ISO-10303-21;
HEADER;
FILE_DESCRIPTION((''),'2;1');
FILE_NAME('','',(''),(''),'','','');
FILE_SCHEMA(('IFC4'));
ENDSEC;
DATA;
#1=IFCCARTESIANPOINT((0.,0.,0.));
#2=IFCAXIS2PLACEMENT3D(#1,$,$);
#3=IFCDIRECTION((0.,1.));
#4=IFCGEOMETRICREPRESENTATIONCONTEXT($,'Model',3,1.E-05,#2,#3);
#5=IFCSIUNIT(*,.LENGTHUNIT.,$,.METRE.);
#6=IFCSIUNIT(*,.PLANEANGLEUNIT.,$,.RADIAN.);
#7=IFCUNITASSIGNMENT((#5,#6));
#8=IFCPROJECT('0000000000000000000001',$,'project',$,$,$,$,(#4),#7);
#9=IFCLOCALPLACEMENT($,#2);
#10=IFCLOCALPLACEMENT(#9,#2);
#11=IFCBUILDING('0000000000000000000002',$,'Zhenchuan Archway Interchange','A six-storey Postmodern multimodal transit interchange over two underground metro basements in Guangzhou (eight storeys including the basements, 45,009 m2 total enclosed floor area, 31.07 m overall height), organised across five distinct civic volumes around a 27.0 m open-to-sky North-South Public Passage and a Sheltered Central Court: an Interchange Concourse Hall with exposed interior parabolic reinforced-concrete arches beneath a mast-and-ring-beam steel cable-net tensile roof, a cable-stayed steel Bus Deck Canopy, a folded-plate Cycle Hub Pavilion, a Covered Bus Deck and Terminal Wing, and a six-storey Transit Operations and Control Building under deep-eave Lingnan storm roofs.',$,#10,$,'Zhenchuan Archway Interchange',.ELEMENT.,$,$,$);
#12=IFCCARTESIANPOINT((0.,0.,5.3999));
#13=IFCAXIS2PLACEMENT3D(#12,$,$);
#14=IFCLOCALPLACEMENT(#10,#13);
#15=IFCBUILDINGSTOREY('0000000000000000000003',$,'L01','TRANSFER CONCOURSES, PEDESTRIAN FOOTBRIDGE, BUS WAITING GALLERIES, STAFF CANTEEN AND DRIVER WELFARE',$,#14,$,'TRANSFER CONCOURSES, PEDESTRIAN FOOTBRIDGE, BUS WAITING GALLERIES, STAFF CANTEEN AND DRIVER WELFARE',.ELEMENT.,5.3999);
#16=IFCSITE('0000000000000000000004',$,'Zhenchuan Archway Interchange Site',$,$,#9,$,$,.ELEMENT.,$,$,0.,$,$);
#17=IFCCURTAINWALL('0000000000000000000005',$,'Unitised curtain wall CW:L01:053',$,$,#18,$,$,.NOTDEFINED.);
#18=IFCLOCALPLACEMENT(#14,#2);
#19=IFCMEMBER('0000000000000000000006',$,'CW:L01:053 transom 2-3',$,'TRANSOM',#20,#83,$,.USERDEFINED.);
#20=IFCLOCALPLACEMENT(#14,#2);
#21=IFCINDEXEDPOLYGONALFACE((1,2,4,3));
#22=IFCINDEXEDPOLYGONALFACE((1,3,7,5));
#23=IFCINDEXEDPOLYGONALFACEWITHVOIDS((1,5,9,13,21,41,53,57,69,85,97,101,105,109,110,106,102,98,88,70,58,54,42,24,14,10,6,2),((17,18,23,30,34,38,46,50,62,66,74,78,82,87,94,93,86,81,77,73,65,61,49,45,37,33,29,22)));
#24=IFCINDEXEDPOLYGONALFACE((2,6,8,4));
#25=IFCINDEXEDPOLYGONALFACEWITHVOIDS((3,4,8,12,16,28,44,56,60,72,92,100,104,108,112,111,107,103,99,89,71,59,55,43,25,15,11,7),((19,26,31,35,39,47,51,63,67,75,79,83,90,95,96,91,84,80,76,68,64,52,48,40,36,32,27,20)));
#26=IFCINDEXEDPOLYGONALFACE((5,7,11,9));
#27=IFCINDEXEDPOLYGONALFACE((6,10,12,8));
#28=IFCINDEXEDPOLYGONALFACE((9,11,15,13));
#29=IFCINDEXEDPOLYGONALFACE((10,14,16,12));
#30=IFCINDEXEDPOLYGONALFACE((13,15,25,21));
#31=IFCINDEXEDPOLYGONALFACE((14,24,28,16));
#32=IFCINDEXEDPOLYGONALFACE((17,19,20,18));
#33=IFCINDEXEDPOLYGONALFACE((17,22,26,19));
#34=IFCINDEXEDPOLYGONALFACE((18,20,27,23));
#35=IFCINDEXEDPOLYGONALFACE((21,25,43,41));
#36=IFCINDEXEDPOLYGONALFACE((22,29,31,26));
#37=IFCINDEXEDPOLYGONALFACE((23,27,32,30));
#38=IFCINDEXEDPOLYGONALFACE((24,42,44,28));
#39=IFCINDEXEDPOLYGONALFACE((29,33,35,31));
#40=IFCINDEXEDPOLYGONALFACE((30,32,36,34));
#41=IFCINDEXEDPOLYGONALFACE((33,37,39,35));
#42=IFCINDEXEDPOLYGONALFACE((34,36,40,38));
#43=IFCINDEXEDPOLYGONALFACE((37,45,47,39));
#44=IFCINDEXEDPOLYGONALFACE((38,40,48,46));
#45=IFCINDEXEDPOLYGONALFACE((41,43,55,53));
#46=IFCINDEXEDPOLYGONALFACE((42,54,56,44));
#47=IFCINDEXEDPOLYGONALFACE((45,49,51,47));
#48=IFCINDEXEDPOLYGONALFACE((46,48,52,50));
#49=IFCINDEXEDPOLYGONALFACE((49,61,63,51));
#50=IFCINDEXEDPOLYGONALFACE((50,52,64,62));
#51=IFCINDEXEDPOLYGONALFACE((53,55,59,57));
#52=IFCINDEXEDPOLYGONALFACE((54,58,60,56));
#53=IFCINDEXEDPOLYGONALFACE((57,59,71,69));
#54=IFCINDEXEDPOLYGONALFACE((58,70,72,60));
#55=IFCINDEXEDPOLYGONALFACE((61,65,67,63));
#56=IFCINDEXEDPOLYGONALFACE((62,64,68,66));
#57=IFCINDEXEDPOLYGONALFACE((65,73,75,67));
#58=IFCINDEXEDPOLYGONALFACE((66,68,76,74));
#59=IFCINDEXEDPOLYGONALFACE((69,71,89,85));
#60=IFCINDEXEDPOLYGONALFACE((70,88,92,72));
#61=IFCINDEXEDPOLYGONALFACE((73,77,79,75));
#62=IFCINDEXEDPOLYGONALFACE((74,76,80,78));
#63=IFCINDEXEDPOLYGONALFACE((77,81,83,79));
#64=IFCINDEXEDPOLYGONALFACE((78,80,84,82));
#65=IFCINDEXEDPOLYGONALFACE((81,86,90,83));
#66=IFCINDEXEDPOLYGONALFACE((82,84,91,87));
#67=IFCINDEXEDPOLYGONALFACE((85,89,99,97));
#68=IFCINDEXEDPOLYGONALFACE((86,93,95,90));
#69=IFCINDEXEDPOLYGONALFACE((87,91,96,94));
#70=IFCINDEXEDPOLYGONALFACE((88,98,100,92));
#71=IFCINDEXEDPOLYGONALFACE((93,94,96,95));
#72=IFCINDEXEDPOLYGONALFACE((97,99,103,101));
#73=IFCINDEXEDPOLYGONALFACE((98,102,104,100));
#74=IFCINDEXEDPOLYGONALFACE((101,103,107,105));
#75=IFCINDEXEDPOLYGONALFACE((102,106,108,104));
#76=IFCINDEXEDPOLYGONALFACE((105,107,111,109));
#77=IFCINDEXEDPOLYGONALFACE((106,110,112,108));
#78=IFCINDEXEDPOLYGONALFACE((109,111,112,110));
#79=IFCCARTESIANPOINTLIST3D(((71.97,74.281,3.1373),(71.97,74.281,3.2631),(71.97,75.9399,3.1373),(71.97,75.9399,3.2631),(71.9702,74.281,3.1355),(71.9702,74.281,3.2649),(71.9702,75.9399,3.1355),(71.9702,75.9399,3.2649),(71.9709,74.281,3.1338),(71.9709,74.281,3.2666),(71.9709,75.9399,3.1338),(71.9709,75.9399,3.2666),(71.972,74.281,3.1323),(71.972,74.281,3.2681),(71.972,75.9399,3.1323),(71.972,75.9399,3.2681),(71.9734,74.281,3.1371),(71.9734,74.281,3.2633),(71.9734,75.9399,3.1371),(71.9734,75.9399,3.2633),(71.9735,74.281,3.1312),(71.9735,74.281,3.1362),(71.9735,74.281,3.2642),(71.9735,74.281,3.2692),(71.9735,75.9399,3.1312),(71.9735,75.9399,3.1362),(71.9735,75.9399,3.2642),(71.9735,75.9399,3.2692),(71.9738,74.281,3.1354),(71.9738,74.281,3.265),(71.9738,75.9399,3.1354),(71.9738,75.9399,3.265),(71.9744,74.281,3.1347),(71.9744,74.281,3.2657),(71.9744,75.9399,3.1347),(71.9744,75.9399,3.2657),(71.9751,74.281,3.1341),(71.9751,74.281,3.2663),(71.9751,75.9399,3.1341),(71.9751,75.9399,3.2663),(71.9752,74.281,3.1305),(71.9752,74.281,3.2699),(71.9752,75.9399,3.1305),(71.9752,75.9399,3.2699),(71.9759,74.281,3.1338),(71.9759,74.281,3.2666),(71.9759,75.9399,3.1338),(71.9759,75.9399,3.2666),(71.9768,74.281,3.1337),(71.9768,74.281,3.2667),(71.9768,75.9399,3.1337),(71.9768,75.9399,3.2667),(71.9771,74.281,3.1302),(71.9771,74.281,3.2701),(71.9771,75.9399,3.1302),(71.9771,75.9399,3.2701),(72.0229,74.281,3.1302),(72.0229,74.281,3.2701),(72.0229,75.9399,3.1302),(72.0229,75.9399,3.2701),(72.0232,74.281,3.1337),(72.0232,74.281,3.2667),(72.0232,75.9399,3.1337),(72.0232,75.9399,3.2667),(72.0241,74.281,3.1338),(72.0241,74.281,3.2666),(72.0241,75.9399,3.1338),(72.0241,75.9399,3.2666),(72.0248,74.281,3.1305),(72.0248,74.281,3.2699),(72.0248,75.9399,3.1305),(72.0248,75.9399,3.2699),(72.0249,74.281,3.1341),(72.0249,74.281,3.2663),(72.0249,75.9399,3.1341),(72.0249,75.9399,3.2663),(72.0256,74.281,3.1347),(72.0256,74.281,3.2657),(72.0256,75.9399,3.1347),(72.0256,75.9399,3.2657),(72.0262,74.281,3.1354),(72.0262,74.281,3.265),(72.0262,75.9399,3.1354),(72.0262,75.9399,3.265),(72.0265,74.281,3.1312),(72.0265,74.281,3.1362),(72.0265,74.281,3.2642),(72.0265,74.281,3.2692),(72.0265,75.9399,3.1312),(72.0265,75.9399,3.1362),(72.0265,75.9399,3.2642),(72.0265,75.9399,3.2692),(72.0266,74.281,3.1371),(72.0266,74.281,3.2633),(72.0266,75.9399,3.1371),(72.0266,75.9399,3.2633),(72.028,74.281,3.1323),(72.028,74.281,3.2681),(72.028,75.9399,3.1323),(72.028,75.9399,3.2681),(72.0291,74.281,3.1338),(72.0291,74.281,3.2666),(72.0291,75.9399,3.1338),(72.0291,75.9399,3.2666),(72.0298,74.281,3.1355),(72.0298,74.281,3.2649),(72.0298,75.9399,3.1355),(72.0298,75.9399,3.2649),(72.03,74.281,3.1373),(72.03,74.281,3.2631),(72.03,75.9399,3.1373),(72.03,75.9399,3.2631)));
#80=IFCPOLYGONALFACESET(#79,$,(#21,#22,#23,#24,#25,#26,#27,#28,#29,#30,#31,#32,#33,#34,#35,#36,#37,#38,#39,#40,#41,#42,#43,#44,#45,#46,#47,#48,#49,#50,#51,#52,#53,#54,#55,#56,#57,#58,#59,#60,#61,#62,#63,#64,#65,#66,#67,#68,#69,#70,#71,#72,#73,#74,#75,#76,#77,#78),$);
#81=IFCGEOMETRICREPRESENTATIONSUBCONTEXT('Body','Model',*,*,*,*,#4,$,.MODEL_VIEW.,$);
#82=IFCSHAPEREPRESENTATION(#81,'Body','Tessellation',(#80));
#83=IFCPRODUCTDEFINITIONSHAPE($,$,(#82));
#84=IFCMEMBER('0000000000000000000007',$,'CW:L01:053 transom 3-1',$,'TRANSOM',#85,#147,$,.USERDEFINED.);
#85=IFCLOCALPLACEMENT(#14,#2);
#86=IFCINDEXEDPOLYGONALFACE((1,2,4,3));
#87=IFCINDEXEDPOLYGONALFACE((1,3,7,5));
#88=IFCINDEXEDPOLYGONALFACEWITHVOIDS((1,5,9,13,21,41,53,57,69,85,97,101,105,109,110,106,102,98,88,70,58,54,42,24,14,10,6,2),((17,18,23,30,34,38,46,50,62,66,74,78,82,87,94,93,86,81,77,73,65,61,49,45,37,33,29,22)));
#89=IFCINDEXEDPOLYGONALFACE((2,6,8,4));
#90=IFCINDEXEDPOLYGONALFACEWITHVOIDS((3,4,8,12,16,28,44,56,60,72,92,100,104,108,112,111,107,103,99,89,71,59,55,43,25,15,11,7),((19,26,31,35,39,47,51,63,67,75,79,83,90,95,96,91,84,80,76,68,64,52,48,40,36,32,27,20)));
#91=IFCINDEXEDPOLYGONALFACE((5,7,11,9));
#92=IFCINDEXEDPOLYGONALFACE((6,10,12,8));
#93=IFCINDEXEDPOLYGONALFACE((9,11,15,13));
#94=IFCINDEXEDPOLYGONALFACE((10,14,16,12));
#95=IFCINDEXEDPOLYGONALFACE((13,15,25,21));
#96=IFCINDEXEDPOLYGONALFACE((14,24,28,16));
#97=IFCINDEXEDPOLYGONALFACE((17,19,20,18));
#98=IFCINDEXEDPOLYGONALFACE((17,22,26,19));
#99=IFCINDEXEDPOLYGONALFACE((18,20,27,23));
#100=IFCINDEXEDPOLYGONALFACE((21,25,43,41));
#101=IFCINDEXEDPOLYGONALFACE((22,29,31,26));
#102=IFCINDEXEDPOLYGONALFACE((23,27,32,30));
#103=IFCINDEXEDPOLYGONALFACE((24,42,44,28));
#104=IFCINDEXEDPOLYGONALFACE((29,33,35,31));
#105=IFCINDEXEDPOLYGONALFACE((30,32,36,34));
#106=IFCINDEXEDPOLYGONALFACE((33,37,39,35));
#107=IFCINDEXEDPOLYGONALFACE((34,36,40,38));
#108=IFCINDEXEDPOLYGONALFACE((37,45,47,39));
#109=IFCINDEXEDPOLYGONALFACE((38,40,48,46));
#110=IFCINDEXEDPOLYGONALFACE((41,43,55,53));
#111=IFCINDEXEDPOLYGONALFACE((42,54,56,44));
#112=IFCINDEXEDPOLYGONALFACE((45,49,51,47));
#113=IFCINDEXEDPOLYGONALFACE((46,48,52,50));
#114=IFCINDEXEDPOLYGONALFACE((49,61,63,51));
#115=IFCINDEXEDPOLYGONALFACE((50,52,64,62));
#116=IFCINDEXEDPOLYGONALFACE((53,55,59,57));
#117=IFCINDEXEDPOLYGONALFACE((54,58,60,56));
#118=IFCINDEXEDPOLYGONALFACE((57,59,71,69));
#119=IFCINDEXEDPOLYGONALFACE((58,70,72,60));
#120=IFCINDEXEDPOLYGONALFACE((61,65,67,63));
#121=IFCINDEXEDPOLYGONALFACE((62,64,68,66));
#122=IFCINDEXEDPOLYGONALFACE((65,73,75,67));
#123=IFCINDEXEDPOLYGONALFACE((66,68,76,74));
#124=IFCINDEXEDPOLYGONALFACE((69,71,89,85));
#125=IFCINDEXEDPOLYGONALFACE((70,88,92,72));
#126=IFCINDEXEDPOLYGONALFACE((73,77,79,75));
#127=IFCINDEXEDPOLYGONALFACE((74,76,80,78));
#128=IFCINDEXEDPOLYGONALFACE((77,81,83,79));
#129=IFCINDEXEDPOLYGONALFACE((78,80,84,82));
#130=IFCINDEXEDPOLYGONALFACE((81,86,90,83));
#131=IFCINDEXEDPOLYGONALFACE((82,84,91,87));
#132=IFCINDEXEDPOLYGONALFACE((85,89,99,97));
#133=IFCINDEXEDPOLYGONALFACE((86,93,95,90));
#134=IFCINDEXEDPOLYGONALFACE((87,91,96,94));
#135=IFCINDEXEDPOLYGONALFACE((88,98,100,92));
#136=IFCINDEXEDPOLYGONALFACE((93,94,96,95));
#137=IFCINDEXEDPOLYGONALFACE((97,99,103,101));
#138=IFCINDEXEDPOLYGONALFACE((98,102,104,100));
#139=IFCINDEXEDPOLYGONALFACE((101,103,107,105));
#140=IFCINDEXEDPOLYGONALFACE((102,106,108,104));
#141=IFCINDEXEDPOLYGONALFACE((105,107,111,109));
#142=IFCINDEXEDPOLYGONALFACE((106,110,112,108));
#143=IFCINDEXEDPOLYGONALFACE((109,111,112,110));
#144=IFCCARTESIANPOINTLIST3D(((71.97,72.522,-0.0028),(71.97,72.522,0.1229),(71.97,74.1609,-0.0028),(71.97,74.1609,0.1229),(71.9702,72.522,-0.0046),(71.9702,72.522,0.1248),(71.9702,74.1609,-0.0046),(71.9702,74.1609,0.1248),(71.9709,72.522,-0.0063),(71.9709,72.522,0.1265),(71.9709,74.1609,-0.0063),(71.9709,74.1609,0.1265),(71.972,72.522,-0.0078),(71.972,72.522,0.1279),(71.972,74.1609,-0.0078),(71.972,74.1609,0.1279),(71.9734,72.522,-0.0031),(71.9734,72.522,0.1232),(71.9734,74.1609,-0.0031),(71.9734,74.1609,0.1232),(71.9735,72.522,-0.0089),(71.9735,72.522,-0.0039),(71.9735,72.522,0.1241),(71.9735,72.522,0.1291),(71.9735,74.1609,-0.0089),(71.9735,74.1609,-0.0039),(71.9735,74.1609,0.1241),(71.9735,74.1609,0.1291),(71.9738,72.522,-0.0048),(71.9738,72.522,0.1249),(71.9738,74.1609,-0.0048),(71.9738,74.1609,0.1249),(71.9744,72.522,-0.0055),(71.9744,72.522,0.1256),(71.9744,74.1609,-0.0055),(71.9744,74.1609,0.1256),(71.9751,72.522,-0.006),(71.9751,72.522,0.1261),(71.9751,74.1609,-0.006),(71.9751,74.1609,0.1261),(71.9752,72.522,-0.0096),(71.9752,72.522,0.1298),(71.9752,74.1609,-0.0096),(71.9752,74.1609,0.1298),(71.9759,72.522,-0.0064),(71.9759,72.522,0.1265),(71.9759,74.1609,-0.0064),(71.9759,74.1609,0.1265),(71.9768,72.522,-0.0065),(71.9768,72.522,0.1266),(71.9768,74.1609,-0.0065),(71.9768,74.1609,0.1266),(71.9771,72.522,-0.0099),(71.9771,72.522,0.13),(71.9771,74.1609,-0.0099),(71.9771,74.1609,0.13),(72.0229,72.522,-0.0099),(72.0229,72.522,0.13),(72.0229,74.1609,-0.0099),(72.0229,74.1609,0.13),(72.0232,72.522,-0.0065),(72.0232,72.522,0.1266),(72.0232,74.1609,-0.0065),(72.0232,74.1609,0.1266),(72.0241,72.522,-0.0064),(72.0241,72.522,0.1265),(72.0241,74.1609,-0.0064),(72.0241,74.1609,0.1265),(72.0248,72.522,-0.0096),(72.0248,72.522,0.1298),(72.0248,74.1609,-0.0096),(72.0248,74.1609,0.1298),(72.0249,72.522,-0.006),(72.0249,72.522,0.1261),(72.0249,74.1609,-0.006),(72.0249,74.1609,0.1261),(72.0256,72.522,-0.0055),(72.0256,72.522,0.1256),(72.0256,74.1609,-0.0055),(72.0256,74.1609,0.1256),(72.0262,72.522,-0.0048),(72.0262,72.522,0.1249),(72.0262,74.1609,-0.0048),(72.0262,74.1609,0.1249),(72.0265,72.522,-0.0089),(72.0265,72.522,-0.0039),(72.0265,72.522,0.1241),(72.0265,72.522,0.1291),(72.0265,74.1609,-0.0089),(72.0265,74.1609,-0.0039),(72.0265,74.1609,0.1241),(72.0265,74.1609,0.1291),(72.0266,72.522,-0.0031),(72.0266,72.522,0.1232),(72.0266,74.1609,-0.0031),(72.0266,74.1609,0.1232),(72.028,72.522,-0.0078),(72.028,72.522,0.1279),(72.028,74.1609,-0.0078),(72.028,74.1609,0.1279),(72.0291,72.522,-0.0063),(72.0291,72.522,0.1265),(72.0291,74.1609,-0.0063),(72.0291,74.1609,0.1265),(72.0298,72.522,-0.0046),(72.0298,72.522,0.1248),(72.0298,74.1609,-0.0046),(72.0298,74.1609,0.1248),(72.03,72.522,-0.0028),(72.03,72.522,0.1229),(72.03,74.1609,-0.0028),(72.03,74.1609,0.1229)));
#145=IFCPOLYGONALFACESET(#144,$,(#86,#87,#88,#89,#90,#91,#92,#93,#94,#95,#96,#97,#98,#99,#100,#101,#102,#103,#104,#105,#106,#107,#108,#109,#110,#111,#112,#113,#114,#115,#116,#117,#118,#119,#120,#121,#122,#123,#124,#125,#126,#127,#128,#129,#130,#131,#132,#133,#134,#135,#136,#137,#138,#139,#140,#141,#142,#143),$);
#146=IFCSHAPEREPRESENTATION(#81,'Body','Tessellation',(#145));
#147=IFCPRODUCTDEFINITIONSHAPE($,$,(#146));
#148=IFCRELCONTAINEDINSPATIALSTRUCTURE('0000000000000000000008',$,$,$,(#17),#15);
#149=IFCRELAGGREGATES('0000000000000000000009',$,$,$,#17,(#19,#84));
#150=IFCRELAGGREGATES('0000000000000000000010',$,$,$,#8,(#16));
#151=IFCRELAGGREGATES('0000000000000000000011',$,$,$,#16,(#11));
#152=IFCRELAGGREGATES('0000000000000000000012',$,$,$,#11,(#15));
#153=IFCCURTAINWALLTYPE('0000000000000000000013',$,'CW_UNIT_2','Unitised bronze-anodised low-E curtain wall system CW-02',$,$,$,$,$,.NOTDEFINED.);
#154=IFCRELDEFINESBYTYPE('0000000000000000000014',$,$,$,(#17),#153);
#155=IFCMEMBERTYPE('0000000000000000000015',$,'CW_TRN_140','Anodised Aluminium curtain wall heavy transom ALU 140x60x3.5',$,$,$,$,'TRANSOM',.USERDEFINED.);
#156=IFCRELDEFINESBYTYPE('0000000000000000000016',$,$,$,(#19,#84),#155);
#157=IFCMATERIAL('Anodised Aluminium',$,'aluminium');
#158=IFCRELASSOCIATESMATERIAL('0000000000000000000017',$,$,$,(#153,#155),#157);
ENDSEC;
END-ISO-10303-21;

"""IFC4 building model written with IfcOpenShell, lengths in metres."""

from ifc_helpers import new_model, si_unit, direction, frame, origin, origin_2d, place, context, subcontext, project, spatial, hollow_rectangle, extrude, material, material_profile, profile_set, type_object, element, aggregate, save


model = new_model("IFC4")

# Units and contexts
model_context = context("Model", 3, precision=1e-05, world=origin(), true_north=direction((0.0, 1.0)))
body_context = subcontext(model_context, "Body", "Model", "MODEL_VIEW")
ifc_project = project(units=[si_unit("LENGTHUNIT", "METRE"), si_unit("PLANEANGLEUNIT", "RADIAN")], contexts=[model_context])

# Site, building, storey
site_placement = place(None, origin())
site = spatial("IfcSite", under=ifc_project, at=site_placement, Name="Zhenchuan Archway Interchange Site", CompositionType="ELEMENT", RefElevation=0.0)
building_placement = place(site_placement, origin())
building = spatial("IfcBuilding", under=site, at=building_placement, Name="Zhenchuan Archway Interchange", Description="A six-storey Postmodern multimodal transit interchange over two underground metro basements in Guangzhou (eight storeys including the basements, 45,009 m2 total enclosed floor area, 31.07 m overall height), organised across five distinct civic volumes around a 27.0 m open-to-sky North-South Public Passage and a Sheltered Central Court: an Interchange Concourse Hall with exposed interior parabolic reinforced-concrete arches beneath a mast-and-ring-beam steel cable-net tensile roof, a cable-stayed steel Bus Deck Canopy, a folded-plate Cycle Hub Pavilion, a Covered Bus Deck and Terminal Wing, and a six-storey Transit Operations and Control Building under deep-eave Lingnan storm roofs.", LongName="Zhenchuan Archway Interchange", CompositionType="ELEMENT")
storey_placement = place(building_placement, frame((0.0, 0.0, 5.3999)))
storey = spatial("IfcBuildingStorey", under=building, at=storey_placement, Name="L01", Description="TRANSFER CONCOURSES, PEDESTRIAN FOOTBRIDGE, BUS WAITING GALLERIES, STAFF CANTEEN AND DRIVER WELFARE", LongName="TRANSFER CONCOURSES, PEDESTRIAN FOOTBRIDGE, BUS WAITING GALLERIES, STAFF CANTEEN AND DRIVER WELFARE", CompositionType="ELEMENT", Elevation=5.3999)

# Curtain wall, members
ifc_material_1 = material(Name="Anodised Aluminium", Category="aluminium")
curtain_wall_type = type_object("IfcCurtainWallType", Name="CW_UNIT_2", Description="Unitised bronze-anodised low-E curtain wall system CW-02", PredefinedType="NOTDEFINED", material=ifc_material_1)
curtain_wall_placement = place(storey_placement, origin())
curtain_wall = element("IfcCurtainWall", 1, at=curtain_wall_placement, inside=storey, type_object=curtain_wall_type, Name="Unitised curtain wall CW:L01:053", PredefinedType="NOTDEFINED")
ifc_material_profile_1 = material_profile(ifc_material_1, hollow_rectangle(XDim=0.0601, YDim=0.1399, WallThickness=0.0034, InnerFilletRadius=0.0034, OuterFilletRadius=0.0071, at=origin_2d()), Name="ALU 140x60x3.5")
ifc_profile_set_1 = profile_set([ifc_material_profile_1], Name="Anodised Aluminium")
member_type_1 = type_object("IfcMemberType", Name="CW_TRN_140", Description="Anodised Aluminium curtain wall heavy transom ALU 140x60x3.5", ElementType="TRANSOM", PredefinedType="USERDEFINED", material=ifc_profile_set_1)
member_1_placement = place(storey_placement, frame((72.0, 75.9399, 3.2002), z_axis=(0.0, -1.0, 0.0), x_axis=(1.0, 0.0, 0.0)))
member_1 = element("IfcMember", 2, at=member_1_placement, type_object=member_type_1, Name="CW:L01:053 transom 2-3", ObjectType="TRANSOM", PredefinedType="USERDEFINED", context=body_context, shape_type="SweptSolid", body=[
    extrude(hollow_rectangle(XDim=0.0601, YDim=0.1399, WallThickness=0.0034, InnerFilletRadius=0.0034, OuterFilletRadius=0.0071, at=origin_2d()), origin(), (0.0, 0.0, 1.0), 1.6589),
])
member_2_placement = place(storey_placement, frame((72.0, 74.1609, 0.0601), z_axis=(0.0, -1.0, 0.0), x_axis=(1.0, 0.0, 0.0)))
member_2 = element("IfcMember", 3, at=member_2_placement, type_object=member_type_1, Name="CW:L01:053 transom 3-1", ObjectType="TRANSOM", PredefinedType="USERDEFINED", context=body_context, shape_type="SweptSolid", body=[
    extrude(hollow_rectangle(XDim=0.0601, YDim=0.1399, WallThickness=0.0034, InnerFilletRadius=0.0034, OuterFilletRadius=0.0071, at=origin_2d()), origin(), (0.0, 0.0, 1.0), 1.6389),
])

aggregate(curtain_wall, [member_1, member_2])

save(model, "model.ifc")
